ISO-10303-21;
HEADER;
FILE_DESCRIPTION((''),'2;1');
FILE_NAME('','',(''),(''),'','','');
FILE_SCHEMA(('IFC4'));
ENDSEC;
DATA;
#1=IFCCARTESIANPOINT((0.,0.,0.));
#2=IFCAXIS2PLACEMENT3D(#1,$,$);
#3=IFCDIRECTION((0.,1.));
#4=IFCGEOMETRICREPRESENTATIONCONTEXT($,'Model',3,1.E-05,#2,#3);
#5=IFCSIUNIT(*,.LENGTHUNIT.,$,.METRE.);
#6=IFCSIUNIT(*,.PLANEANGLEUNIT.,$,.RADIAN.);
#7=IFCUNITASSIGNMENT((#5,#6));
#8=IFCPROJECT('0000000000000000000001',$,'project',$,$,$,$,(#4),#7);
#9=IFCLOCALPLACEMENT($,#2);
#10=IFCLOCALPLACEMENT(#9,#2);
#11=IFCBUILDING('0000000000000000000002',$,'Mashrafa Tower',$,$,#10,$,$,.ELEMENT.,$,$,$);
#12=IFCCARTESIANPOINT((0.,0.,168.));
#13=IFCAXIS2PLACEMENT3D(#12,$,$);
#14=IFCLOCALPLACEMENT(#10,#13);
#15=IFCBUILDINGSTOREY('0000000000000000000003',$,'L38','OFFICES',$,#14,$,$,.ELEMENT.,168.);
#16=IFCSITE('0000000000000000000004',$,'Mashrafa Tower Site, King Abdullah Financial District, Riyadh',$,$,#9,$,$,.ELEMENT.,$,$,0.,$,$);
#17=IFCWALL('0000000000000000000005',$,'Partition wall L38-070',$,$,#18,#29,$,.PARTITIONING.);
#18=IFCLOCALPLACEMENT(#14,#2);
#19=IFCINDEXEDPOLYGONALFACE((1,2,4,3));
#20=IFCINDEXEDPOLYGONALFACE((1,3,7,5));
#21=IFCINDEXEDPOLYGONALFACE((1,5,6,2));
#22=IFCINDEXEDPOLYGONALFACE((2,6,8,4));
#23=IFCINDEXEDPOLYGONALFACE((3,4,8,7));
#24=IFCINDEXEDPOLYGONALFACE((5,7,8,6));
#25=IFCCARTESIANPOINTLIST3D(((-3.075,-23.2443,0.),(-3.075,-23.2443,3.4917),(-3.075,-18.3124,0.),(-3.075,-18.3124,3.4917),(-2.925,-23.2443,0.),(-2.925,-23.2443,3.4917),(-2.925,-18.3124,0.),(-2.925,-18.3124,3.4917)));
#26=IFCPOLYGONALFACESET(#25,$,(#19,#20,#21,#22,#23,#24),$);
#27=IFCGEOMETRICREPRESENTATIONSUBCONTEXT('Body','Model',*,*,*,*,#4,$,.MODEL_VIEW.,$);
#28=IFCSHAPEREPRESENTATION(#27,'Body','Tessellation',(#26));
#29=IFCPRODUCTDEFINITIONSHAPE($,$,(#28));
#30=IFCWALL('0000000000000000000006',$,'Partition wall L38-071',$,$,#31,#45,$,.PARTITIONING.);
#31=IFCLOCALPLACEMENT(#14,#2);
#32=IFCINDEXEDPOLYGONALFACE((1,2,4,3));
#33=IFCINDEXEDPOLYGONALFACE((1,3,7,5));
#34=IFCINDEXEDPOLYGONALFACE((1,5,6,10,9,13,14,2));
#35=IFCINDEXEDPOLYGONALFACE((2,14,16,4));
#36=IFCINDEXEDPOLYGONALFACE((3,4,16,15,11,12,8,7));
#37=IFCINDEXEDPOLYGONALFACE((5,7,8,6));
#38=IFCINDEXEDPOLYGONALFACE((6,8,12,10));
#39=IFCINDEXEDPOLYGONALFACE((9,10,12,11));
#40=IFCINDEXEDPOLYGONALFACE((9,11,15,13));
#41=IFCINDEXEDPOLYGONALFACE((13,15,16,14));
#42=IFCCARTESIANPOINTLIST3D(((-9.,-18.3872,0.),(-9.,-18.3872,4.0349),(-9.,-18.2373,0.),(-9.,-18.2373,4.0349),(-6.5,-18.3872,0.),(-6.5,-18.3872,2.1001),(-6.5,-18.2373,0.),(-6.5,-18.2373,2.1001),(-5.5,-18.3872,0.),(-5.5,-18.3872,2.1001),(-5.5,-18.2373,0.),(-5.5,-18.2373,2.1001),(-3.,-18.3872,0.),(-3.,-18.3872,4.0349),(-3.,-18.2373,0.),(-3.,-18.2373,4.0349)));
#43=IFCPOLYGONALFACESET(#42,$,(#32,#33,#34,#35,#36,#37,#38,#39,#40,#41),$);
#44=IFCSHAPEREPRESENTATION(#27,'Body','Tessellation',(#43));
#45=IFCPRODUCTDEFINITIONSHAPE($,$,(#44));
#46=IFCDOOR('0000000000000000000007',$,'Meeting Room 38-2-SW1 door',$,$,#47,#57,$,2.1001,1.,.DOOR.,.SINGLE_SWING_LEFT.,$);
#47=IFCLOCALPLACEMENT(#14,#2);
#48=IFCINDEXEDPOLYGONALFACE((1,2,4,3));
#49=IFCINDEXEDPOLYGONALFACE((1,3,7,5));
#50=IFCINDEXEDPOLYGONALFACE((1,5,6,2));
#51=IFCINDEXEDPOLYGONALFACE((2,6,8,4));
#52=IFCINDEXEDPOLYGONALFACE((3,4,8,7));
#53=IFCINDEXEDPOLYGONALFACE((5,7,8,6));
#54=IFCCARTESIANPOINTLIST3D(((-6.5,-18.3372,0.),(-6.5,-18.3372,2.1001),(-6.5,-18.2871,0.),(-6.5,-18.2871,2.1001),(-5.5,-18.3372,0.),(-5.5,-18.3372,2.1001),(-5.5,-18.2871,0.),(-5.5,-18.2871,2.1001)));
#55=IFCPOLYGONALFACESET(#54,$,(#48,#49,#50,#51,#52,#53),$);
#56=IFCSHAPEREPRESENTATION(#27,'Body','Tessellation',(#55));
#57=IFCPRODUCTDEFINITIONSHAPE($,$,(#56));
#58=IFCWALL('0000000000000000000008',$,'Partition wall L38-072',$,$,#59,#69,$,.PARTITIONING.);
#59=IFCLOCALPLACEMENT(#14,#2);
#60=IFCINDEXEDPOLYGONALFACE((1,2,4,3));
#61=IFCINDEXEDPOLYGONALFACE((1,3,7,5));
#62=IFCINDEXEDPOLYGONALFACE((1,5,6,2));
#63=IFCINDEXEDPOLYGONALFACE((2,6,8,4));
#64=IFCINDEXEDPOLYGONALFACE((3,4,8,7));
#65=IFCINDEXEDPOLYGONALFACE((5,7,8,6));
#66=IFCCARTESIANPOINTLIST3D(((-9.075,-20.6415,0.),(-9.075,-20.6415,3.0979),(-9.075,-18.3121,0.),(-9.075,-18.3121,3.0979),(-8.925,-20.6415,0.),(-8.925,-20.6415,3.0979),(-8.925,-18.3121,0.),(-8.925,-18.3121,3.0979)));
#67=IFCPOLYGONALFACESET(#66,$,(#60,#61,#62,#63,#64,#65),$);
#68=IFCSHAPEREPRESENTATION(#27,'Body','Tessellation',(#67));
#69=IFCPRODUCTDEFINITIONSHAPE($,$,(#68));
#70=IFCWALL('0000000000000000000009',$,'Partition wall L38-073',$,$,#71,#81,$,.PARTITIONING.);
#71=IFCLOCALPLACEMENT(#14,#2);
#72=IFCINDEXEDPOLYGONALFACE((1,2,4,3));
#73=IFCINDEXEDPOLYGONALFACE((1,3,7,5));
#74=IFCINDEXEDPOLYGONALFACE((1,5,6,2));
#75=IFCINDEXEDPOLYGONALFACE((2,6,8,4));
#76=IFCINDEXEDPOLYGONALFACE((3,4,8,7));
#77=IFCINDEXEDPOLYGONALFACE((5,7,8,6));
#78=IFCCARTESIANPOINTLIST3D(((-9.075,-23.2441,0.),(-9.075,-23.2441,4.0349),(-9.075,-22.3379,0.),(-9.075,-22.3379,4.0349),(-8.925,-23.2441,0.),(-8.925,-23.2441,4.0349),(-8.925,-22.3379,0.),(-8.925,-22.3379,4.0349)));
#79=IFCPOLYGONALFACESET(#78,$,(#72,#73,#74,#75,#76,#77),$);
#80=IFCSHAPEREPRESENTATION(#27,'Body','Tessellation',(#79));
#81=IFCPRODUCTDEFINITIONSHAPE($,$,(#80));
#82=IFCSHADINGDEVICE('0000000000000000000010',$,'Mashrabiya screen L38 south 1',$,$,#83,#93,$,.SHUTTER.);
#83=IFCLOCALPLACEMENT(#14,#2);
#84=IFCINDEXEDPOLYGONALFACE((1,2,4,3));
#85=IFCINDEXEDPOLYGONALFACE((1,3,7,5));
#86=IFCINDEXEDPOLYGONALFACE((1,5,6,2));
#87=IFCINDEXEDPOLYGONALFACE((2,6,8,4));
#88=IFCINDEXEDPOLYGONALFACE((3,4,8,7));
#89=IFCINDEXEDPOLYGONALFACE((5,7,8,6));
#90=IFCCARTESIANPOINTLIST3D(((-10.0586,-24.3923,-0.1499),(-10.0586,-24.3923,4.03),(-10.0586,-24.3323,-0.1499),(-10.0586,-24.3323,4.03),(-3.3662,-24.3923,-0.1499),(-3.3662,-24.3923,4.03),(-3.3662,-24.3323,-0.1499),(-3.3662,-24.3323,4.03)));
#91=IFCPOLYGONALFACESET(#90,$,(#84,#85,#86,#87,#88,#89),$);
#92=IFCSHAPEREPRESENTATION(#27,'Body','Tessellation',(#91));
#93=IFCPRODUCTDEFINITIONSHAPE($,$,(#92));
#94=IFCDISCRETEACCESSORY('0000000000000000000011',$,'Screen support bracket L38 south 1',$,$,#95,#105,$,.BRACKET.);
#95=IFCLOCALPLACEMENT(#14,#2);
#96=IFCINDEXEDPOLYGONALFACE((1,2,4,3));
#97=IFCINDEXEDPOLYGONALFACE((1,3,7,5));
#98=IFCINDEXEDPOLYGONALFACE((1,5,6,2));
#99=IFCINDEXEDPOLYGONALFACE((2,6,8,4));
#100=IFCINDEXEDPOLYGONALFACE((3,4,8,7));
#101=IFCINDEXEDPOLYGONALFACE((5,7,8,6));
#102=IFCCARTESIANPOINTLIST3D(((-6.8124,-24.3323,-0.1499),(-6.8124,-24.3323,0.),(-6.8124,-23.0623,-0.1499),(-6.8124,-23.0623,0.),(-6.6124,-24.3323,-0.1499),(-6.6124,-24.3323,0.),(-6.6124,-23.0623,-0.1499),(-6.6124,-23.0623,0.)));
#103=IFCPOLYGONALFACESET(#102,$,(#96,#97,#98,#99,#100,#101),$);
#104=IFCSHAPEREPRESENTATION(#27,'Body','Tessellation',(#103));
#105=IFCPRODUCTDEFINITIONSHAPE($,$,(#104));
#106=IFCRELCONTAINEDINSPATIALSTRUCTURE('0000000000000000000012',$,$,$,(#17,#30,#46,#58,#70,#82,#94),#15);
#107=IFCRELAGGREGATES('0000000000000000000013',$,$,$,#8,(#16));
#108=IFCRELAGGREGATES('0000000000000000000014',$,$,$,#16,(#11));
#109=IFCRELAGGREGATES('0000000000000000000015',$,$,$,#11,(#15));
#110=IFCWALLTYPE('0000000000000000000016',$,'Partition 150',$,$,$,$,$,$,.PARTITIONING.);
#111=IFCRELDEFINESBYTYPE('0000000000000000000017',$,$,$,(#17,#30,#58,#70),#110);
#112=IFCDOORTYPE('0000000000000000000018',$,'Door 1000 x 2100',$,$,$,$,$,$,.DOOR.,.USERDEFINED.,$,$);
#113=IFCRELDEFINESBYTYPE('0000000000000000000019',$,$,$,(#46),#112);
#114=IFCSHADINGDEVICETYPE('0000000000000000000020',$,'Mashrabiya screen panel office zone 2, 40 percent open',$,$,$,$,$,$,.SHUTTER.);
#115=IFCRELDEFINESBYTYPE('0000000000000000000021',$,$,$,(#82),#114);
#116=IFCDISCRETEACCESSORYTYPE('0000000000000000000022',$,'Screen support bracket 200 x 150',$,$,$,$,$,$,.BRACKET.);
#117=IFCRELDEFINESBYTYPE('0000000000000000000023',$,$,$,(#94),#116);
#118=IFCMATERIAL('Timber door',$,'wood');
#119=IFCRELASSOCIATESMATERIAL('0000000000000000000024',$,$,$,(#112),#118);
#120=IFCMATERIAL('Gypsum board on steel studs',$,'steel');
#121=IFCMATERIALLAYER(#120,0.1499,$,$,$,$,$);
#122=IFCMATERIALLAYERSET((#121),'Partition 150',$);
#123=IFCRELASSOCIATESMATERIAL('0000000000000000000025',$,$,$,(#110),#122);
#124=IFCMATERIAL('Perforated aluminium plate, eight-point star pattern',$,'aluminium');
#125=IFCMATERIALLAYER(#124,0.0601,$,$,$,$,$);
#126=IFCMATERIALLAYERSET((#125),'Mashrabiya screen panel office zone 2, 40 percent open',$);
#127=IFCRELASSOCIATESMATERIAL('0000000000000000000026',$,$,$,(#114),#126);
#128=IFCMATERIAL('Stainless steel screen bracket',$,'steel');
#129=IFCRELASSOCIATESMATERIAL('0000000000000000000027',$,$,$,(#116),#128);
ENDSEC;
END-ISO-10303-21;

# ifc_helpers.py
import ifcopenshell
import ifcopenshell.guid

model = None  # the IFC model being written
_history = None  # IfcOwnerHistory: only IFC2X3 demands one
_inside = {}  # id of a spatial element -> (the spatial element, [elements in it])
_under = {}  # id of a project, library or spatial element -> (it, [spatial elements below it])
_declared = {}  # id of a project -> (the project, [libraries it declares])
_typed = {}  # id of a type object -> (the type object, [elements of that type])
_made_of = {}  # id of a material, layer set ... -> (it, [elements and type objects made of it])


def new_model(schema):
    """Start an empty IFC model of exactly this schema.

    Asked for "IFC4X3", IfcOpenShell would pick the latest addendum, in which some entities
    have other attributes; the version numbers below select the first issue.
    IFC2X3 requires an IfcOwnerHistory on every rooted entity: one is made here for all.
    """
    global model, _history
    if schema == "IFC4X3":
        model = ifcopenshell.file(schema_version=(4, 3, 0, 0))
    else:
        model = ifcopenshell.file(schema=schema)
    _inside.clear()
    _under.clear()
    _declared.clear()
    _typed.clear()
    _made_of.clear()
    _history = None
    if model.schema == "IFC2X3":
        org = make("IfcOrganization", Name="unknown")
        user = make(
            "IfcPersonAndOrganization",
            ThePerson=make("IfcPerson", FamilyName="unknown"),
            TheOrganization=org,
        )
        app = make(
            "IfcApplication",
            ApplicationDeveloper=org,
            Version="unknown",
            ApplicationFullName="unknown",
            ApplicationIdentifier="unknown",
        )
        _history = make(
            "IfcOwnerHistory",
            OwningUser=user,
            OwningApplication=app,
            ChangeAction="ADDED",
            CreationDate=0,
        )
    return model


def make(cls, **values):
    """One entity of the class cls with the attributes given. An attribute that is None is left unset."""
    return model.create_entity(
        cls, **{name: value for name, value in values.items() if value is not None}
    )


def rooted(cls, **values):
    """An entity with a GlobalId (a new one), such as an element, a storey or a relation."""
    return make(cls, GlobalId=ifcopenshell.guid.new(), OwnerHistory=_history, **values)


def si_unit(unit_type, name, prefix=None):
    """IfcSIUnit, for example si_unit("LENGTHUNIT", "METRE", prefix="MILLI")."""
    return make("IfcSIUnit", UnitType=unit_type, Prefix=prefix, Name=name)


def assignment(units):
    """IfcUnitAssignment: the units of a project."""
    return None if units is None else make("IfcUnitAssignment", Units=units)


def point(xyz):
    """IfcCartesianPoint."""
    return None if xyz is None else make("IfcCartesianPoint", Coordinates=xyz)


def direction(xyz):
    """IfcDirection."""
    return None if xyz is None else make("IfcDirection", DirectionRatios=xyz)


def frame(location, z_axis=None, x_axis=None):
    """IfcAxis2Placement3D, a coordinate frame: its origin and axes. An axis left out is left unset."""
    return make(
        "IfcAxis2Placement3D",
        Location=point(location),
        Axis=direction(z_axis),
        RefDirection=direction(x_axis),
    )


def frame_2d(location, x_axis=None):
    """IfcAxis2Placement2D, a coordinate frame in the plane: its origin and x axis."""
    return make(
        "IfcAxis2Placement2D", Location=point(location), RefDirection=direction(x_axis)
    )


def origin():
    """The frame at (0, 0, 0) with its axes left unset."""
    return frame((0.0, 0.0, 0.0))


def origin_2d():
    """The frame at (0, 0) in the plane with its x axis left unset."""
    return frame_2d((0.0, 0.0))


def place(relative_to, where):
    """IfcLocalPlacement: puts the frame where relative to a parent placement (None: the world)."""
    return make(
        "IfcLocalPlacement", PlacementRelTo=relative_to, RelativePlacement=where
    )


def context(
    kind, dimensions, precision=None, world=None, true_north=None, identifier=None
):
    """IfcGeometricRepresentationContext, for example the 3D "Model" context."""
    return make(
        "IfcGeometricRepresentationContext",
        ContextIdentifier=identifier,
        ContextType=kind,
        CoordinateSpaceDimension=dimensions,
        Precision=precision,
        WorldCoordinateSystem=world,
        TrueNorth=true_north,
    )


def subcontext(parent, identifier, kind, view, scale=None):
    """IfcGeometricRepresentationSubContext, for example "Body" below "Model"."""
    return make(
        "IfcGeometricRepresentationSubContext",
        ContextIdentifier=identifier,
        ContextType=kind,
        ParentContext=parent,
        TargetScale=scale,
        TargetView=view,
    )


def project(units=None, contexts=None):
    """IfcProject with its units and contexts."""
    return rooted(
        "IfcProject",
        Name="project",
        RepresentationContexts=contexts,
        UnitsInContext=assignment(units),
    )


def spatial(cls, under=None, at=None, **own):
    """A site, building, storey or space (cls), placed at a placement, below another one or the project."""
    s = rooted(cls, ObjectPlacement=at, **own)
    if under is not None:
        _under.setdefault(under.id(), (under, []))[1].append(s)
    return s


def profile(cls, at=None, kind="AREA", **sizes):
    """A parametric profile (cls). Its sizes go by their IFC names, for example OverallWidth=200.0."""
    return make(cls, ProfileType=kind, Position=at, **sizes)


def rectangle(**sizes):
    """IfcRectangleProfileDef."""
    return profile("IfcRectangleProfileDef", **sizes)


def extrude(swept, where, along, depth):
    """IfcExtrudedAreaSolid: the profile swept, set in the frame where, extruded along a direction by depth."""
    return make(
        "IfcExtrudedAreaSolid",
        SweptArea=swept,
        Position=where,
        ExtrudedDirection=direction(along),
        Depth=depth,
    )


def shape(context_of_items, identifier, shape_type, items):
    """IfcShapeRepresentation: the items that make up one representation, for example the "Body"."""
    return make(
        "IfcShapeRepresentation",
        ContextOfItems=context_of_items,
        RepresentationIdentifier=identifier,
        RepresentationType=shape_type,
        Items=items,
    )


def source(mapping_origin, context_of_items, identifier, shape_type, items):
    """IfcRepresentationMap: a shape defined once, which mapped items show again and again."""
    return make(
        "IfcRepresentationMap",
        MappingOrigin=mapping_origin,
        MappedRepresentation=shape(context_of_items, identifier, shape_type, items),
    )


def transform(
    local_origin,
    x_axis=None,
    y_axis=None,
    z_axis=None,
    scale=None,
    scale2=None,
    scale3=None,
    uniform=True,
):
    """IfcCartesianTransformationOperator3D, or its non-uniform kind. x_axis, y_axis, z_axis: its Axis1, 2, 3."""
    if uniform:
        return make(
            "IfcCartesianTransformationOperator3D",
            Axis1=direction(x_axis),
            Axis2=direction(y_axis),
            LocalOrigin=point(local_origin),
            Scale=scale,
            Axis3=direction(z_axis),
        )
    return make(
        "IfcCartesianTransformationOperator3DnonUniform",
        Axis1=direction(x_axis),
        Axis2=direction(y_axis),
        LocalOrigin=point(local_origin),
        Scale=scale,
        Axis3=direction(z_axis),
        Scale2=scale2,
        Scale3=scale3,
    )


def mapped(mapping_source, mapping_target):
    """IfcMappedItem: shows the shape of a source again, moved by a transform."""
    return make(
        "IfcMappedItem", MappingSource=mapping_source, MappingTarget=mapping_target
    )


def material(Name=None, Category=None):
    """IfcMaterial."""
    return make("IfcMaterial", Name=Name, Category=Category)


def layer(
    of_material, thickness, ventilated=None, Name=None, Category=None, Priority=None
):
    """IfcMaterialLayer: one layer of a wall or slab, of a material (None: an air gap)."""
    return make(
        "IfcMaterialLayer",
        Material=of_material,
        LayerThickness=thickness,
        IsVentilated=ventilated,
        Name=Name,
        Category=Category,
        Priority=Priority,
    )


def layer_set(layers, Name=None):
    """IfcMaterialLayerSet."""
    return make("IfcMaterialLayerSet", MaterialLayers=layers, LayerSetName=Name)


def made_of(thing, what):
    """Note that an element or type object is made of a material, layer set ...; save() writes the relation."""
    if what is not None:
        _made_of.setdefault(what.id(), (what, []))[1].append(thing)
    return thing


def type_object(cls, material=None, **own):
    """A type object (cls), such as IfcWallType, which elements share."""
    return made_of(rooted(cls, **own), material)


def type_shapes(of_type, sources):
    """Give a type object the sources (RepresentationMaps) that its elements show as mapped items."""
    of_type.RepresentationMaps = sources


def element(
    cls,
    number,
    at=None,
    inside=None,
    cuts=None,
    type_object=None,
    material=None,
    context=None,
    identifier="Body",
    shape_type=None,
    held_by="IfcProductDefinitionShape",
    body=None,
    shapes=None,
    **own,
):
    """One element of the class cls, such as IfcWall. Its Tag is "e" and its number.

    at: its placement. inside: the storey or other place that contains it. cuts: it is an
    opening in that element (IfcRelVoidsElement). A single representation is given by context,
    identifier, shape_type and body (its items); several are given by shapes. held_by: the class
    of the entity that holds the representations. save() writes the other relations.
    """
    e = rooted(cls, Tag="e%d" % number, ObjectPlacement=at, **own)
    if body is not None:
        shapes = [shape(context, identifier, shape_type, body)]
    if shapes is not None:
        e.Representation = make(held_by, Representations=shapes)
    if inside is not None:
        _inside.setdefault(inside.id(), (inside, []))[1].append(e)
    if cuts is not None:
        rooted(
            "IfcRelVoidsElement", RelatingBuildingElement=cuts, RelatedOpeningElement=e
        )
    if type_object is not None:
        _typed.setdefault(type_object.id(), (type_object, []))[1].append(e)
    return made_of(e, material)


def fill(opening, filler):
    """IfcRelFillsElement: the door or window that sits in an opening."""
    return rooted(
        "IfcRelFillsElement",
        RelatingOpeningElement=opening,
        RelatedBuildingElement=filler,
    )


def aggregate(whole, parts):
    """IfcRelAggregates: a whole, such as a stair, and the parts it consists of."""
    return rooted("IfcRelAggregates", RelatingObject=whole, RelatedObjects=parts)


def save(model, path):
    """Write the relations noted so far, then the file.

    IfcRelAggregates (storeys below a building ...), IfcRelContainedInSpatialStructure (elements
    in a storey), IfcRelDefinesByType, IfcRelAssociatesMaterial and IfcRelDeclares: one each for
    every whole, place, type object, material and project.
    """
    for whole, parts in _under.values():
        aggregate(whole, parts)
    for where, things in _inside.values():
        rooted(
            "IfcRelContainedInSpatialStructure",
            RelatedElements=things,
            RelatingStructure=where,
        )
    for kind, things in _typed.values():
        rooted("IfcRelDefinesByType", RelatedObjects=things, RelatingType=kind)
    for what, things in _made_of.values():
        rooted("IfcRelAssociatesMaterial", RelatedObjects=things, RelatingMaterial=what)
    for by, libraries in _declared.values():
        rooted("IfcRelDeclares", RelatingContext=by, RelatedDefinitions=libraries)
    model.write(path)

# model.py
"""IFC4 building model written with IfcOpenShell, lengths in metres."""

from ifc_helpers import new_model, si_unit, direction, frame, frame_2d, origin, origin_2d, place, context, subcontext, project, spatial, rectangle, extrude, source, transform, mapped, material, layer, layer_set, type_object, type_shapes, element, fill, save


model = new_model("IFC4")

# Units and contexts
model_context = context("Model", 3, precision=1e-05, world=origin(), true_north=direction((0.0, 1.0)))
body_context = subcontext(model_context, "Body", "Model", "MODEL_VIEW")
ifc_project = project(units=[si_unit("LENGTHUNIT", "METRE"), si_unit("PLANEANGLEUNIT", "RADIAN")], contexts=[model_context])

# Site, building, storey
site_placement = place(None, origin())
site = spatial("IfcSite", under=ifc_project, at=site_placement, Name="Mashrafa Tower Site, King Abdullah Financial District, Riyadh", CompositionType="ELEMENT", RefElevation=0.0)
building_placement = place(site_placement, origin())
building = spatial("IfcBuilding", under=site, at=building_placement, Name="Mashrafa Tower", CompositionType="ELEMENT")
storey_placement = place(building_placement, frame((0.0, 0.0, 168.0)))
storey = spatial("IfcBuildingStorey", under=building, at=storey_placement, Name="L38", Description="OFFICES", CompositionType="ELEMENT", Elevation=168.0)

# Shared definitions
ifc_material_1 = material(Name="Timber door", Category="wood")
door_type = type_object("IfcDoorType", Name="Door 1000 x 2100", OperationType="USERDEFINED", PredefinedType="DOOR", material=ifc_material_1)

# Wall
ifc_material_2 = material(Name="Gypsum board on steel studs", Category="steel")
ifc_layer_1 = layer(ifc_material_2, 0.1499)
ifc_layer_set_1 = layer_set([ifc_layer_1], Name="Partition 150")
wall_type_1 = type_object("IfcWallType", Name="Partition 150", PredefinedType="PARTITIONING", material=ifc_layer_set_1)
wall_1_placement = place(storey_placement, frame((-3.0, -23.2441, 0.0), z_axis=(0.0, 0.0, 1.0), x_axis=(0.0, 1.0, 0.0)))
element("IfcWall", 1, at=wall_1_placement, inside=storey, type_object=wall_type_1, Name="Partition wall L38-070", PredefinedType="PARTITIONING", context=body_context, shape_type="SweptSolid", body=[
    extrude(rectangle(XDim=4.9319, YDim=0.1499, at=frame_2d((2.4658, 0.0))), origin(), (0.0, 0.0, 1.0), 3.4917),
])

# Wall, opening, door
wall_2_placement = place(storey_placement, frame((-3.0, -18.3123, 0.0), z_axis=(0.0, 0.0, 1.0), x_axis=(-1.0, 0.0, 0.0)))
wall_2 = element("IfcWall", 2, at=wall_2_placement, inside=storey, type_object=wall_type_1, Name="Partition wall L38-071", PredefinedType="PARTITIONING", context=body_context, shape_type="SweptSolid", body=[
    extrude(rectangle(XDim=6.0, YDim=0.1499, at=frame_2d((3.0, 0.0))), origin(), (0.0, 0.0, 1.0), 4.0349),
])
opening_1_placement = place(wall_2_placement, frame((2.5, 0.0, 0.0)))
opening_1 = element("IfcOpeningElement", 3, at=opening_1_placement, cuts=wall_2, PredefinedType="OPENING", context=body_context, shape_type="SweptSolid", body=[
    extrude(rectangle(XDim=1.0, YDim=2.1001, at=frame_2d((0.5, 1.05))), frame((0.0, 0.085, 0.0), z_axis=(0.0, -1.0, 0.0), x_axis=(1.0, 0.0, 0.0)), (0.0, 0.0, 1.0), 0.1699),
])
door_1_placement = place(opening_1_placement, origin())
door_1 = element("IfcDoor", 4, at=door_1_placement, inside=storey, type_object=door_type, Name="Meeting Room 38-2-SW1 door", OperationType="SINGLE_SWING_LEFT", OverallHeight=2.1001, OverallWidth=1.0, PredefinedType="DOOR", context=body_context, shape_type="SweptSolid", body=[
    extrude(rectangle(XDim=1.0, YDim=2.1001, at=frame_2d((0.5, 1.05))), frame((0.0, 0.0249, 0.0), z_axis=(0.0, -1.0, 0.0), x_axis=(1.0, 0.0, 0.0)), (0.0, 0.0, 1.0), 0.05),
])
fill(opening_1, door_1)

# Walls
wall_3_placement = place(storey_placement, frame((-9.0, -18.3123, 0.0), z_axis=(0.0, 0.0, 1.0), x_axis=(0.0, -1.0, 0.0)))
element("IfcWall", 5, at=wall_3_placement, inside=storey, type_object=wall_type_1, Name="Partition wall L38-072", PredefinedType="PARTITIONING", context=body_context, shape_type="SweptSolid", body=[
    extrude(rectangle(XDim=2.3293, YDim=0.1499, at=frame_2d((1.1646, 0.0))), origin(), (0.0, 0.0, 1.0), 3.0979),
])
wall_4_placement = place(storey_placement, frame((-9.0, -22.3379, 0.0), z_axis=(0.0, 0.0, 1.0), x_axis=(0.0, -1.0, 0.0)))
element("IfcWall", 6, at=wall_4_placement, inside=storey, type_object=wall_type_1, Name="Partition wall L38-073", PredefinedType="PARTITIONING", context=body_context, shape_type="SweptSolid", body=[
    extrude(rectangle(XDim=0.9062, YDim=0.1499, at=frame_2d((0.4531, 0.0))), origin(), (0.0, 0.0, 1.0), 4.0349),
])

# Shading device
ifc_material_3 = material(Name="Perforated aluminium plate, eight-point star pattern", Category="aluminium")
ifc_layer_2 = layer(ifc_material_3, 0.0601)
ifc_layer_set_2 = layer_set([ifc_layer_2], Name="Mashrabiya screen panel office zone 2, 40 percent open")
shading_device_type = type_object("IfcShadingDeviceType", Name="Mashrabiya screen panel office zone 2, 40 percent open", PredefinedType="SHUTTER", material=ifc_layer_set_2)
shared_shape_1 = source(origin(), body_context, "Body", "SweptSolid", [
    extrude(rectangle(XDim=6.6924, YDim=0.0601, at=origin_2d()), origin(), (0.0, 0.0, 1.0), 4.1799),
])
type_shapes(shading_device_type, [shared_shape_1])
shading_device_placement = place(storey_placement, frame((-6.7124, -24.3623, -0.1499), z_axis=(0.0, 0.0, 1.0), x_axis=(1.0, 0.0, 0.0)))
element("IfcShadingDevice", 7, at=shading_device_placement, inside=storey, type_object=shading_device_type, Name="Mashrabiya screen L38 south 1", PredefinedType="SHUTTER", context=body_context, shape_type="MappedRepresentation", body=[
    mapped(shared_shape_1, transform((0.0, 0.0, 0.0))),
])

# Discrete accessory
ifc_material_4 = material(Name="Stainless steel screen bracket", Category="steel")
discrete_accessory_type = type_object("IfcDiscreteAccessoryType", Name="Screen support bracket 200 x 150", PredefinedType="BRACKET", material=ifc_material_4)
shared_shape_2 = source(origin(), body_context, "Body", "SweptSolid", [
    extrude(rectangle(XDim=0.2, YDim=1.27, at=origin_2d()), origin(), (0.0, 0.0, 1.0), 0.1499),
])
type_shapes(discrete_accessory_type, [shared_shape_2])
discrete_accessory_placement = place(storey_placement, frame((-6.7124, -23.6973, -0.1499), z_axis=(0.0, 0.0, 1.0), x_axis=(1.0, 0.0, 0.0)))
element("IfcDiscreteAccessory", 8, at=discrete_accessory_placement, inside=storey, type_object=discrete_accessory_type, Name="Screen support bracket L38 south 1", PredefinedType="BRACKET", context=body_context, shape_type="MappedRepresentation", body=[
    mapped(shared_shape_2, transform((0.0, 0.0, 0.0))),
])

save(model, "model.ifc")
